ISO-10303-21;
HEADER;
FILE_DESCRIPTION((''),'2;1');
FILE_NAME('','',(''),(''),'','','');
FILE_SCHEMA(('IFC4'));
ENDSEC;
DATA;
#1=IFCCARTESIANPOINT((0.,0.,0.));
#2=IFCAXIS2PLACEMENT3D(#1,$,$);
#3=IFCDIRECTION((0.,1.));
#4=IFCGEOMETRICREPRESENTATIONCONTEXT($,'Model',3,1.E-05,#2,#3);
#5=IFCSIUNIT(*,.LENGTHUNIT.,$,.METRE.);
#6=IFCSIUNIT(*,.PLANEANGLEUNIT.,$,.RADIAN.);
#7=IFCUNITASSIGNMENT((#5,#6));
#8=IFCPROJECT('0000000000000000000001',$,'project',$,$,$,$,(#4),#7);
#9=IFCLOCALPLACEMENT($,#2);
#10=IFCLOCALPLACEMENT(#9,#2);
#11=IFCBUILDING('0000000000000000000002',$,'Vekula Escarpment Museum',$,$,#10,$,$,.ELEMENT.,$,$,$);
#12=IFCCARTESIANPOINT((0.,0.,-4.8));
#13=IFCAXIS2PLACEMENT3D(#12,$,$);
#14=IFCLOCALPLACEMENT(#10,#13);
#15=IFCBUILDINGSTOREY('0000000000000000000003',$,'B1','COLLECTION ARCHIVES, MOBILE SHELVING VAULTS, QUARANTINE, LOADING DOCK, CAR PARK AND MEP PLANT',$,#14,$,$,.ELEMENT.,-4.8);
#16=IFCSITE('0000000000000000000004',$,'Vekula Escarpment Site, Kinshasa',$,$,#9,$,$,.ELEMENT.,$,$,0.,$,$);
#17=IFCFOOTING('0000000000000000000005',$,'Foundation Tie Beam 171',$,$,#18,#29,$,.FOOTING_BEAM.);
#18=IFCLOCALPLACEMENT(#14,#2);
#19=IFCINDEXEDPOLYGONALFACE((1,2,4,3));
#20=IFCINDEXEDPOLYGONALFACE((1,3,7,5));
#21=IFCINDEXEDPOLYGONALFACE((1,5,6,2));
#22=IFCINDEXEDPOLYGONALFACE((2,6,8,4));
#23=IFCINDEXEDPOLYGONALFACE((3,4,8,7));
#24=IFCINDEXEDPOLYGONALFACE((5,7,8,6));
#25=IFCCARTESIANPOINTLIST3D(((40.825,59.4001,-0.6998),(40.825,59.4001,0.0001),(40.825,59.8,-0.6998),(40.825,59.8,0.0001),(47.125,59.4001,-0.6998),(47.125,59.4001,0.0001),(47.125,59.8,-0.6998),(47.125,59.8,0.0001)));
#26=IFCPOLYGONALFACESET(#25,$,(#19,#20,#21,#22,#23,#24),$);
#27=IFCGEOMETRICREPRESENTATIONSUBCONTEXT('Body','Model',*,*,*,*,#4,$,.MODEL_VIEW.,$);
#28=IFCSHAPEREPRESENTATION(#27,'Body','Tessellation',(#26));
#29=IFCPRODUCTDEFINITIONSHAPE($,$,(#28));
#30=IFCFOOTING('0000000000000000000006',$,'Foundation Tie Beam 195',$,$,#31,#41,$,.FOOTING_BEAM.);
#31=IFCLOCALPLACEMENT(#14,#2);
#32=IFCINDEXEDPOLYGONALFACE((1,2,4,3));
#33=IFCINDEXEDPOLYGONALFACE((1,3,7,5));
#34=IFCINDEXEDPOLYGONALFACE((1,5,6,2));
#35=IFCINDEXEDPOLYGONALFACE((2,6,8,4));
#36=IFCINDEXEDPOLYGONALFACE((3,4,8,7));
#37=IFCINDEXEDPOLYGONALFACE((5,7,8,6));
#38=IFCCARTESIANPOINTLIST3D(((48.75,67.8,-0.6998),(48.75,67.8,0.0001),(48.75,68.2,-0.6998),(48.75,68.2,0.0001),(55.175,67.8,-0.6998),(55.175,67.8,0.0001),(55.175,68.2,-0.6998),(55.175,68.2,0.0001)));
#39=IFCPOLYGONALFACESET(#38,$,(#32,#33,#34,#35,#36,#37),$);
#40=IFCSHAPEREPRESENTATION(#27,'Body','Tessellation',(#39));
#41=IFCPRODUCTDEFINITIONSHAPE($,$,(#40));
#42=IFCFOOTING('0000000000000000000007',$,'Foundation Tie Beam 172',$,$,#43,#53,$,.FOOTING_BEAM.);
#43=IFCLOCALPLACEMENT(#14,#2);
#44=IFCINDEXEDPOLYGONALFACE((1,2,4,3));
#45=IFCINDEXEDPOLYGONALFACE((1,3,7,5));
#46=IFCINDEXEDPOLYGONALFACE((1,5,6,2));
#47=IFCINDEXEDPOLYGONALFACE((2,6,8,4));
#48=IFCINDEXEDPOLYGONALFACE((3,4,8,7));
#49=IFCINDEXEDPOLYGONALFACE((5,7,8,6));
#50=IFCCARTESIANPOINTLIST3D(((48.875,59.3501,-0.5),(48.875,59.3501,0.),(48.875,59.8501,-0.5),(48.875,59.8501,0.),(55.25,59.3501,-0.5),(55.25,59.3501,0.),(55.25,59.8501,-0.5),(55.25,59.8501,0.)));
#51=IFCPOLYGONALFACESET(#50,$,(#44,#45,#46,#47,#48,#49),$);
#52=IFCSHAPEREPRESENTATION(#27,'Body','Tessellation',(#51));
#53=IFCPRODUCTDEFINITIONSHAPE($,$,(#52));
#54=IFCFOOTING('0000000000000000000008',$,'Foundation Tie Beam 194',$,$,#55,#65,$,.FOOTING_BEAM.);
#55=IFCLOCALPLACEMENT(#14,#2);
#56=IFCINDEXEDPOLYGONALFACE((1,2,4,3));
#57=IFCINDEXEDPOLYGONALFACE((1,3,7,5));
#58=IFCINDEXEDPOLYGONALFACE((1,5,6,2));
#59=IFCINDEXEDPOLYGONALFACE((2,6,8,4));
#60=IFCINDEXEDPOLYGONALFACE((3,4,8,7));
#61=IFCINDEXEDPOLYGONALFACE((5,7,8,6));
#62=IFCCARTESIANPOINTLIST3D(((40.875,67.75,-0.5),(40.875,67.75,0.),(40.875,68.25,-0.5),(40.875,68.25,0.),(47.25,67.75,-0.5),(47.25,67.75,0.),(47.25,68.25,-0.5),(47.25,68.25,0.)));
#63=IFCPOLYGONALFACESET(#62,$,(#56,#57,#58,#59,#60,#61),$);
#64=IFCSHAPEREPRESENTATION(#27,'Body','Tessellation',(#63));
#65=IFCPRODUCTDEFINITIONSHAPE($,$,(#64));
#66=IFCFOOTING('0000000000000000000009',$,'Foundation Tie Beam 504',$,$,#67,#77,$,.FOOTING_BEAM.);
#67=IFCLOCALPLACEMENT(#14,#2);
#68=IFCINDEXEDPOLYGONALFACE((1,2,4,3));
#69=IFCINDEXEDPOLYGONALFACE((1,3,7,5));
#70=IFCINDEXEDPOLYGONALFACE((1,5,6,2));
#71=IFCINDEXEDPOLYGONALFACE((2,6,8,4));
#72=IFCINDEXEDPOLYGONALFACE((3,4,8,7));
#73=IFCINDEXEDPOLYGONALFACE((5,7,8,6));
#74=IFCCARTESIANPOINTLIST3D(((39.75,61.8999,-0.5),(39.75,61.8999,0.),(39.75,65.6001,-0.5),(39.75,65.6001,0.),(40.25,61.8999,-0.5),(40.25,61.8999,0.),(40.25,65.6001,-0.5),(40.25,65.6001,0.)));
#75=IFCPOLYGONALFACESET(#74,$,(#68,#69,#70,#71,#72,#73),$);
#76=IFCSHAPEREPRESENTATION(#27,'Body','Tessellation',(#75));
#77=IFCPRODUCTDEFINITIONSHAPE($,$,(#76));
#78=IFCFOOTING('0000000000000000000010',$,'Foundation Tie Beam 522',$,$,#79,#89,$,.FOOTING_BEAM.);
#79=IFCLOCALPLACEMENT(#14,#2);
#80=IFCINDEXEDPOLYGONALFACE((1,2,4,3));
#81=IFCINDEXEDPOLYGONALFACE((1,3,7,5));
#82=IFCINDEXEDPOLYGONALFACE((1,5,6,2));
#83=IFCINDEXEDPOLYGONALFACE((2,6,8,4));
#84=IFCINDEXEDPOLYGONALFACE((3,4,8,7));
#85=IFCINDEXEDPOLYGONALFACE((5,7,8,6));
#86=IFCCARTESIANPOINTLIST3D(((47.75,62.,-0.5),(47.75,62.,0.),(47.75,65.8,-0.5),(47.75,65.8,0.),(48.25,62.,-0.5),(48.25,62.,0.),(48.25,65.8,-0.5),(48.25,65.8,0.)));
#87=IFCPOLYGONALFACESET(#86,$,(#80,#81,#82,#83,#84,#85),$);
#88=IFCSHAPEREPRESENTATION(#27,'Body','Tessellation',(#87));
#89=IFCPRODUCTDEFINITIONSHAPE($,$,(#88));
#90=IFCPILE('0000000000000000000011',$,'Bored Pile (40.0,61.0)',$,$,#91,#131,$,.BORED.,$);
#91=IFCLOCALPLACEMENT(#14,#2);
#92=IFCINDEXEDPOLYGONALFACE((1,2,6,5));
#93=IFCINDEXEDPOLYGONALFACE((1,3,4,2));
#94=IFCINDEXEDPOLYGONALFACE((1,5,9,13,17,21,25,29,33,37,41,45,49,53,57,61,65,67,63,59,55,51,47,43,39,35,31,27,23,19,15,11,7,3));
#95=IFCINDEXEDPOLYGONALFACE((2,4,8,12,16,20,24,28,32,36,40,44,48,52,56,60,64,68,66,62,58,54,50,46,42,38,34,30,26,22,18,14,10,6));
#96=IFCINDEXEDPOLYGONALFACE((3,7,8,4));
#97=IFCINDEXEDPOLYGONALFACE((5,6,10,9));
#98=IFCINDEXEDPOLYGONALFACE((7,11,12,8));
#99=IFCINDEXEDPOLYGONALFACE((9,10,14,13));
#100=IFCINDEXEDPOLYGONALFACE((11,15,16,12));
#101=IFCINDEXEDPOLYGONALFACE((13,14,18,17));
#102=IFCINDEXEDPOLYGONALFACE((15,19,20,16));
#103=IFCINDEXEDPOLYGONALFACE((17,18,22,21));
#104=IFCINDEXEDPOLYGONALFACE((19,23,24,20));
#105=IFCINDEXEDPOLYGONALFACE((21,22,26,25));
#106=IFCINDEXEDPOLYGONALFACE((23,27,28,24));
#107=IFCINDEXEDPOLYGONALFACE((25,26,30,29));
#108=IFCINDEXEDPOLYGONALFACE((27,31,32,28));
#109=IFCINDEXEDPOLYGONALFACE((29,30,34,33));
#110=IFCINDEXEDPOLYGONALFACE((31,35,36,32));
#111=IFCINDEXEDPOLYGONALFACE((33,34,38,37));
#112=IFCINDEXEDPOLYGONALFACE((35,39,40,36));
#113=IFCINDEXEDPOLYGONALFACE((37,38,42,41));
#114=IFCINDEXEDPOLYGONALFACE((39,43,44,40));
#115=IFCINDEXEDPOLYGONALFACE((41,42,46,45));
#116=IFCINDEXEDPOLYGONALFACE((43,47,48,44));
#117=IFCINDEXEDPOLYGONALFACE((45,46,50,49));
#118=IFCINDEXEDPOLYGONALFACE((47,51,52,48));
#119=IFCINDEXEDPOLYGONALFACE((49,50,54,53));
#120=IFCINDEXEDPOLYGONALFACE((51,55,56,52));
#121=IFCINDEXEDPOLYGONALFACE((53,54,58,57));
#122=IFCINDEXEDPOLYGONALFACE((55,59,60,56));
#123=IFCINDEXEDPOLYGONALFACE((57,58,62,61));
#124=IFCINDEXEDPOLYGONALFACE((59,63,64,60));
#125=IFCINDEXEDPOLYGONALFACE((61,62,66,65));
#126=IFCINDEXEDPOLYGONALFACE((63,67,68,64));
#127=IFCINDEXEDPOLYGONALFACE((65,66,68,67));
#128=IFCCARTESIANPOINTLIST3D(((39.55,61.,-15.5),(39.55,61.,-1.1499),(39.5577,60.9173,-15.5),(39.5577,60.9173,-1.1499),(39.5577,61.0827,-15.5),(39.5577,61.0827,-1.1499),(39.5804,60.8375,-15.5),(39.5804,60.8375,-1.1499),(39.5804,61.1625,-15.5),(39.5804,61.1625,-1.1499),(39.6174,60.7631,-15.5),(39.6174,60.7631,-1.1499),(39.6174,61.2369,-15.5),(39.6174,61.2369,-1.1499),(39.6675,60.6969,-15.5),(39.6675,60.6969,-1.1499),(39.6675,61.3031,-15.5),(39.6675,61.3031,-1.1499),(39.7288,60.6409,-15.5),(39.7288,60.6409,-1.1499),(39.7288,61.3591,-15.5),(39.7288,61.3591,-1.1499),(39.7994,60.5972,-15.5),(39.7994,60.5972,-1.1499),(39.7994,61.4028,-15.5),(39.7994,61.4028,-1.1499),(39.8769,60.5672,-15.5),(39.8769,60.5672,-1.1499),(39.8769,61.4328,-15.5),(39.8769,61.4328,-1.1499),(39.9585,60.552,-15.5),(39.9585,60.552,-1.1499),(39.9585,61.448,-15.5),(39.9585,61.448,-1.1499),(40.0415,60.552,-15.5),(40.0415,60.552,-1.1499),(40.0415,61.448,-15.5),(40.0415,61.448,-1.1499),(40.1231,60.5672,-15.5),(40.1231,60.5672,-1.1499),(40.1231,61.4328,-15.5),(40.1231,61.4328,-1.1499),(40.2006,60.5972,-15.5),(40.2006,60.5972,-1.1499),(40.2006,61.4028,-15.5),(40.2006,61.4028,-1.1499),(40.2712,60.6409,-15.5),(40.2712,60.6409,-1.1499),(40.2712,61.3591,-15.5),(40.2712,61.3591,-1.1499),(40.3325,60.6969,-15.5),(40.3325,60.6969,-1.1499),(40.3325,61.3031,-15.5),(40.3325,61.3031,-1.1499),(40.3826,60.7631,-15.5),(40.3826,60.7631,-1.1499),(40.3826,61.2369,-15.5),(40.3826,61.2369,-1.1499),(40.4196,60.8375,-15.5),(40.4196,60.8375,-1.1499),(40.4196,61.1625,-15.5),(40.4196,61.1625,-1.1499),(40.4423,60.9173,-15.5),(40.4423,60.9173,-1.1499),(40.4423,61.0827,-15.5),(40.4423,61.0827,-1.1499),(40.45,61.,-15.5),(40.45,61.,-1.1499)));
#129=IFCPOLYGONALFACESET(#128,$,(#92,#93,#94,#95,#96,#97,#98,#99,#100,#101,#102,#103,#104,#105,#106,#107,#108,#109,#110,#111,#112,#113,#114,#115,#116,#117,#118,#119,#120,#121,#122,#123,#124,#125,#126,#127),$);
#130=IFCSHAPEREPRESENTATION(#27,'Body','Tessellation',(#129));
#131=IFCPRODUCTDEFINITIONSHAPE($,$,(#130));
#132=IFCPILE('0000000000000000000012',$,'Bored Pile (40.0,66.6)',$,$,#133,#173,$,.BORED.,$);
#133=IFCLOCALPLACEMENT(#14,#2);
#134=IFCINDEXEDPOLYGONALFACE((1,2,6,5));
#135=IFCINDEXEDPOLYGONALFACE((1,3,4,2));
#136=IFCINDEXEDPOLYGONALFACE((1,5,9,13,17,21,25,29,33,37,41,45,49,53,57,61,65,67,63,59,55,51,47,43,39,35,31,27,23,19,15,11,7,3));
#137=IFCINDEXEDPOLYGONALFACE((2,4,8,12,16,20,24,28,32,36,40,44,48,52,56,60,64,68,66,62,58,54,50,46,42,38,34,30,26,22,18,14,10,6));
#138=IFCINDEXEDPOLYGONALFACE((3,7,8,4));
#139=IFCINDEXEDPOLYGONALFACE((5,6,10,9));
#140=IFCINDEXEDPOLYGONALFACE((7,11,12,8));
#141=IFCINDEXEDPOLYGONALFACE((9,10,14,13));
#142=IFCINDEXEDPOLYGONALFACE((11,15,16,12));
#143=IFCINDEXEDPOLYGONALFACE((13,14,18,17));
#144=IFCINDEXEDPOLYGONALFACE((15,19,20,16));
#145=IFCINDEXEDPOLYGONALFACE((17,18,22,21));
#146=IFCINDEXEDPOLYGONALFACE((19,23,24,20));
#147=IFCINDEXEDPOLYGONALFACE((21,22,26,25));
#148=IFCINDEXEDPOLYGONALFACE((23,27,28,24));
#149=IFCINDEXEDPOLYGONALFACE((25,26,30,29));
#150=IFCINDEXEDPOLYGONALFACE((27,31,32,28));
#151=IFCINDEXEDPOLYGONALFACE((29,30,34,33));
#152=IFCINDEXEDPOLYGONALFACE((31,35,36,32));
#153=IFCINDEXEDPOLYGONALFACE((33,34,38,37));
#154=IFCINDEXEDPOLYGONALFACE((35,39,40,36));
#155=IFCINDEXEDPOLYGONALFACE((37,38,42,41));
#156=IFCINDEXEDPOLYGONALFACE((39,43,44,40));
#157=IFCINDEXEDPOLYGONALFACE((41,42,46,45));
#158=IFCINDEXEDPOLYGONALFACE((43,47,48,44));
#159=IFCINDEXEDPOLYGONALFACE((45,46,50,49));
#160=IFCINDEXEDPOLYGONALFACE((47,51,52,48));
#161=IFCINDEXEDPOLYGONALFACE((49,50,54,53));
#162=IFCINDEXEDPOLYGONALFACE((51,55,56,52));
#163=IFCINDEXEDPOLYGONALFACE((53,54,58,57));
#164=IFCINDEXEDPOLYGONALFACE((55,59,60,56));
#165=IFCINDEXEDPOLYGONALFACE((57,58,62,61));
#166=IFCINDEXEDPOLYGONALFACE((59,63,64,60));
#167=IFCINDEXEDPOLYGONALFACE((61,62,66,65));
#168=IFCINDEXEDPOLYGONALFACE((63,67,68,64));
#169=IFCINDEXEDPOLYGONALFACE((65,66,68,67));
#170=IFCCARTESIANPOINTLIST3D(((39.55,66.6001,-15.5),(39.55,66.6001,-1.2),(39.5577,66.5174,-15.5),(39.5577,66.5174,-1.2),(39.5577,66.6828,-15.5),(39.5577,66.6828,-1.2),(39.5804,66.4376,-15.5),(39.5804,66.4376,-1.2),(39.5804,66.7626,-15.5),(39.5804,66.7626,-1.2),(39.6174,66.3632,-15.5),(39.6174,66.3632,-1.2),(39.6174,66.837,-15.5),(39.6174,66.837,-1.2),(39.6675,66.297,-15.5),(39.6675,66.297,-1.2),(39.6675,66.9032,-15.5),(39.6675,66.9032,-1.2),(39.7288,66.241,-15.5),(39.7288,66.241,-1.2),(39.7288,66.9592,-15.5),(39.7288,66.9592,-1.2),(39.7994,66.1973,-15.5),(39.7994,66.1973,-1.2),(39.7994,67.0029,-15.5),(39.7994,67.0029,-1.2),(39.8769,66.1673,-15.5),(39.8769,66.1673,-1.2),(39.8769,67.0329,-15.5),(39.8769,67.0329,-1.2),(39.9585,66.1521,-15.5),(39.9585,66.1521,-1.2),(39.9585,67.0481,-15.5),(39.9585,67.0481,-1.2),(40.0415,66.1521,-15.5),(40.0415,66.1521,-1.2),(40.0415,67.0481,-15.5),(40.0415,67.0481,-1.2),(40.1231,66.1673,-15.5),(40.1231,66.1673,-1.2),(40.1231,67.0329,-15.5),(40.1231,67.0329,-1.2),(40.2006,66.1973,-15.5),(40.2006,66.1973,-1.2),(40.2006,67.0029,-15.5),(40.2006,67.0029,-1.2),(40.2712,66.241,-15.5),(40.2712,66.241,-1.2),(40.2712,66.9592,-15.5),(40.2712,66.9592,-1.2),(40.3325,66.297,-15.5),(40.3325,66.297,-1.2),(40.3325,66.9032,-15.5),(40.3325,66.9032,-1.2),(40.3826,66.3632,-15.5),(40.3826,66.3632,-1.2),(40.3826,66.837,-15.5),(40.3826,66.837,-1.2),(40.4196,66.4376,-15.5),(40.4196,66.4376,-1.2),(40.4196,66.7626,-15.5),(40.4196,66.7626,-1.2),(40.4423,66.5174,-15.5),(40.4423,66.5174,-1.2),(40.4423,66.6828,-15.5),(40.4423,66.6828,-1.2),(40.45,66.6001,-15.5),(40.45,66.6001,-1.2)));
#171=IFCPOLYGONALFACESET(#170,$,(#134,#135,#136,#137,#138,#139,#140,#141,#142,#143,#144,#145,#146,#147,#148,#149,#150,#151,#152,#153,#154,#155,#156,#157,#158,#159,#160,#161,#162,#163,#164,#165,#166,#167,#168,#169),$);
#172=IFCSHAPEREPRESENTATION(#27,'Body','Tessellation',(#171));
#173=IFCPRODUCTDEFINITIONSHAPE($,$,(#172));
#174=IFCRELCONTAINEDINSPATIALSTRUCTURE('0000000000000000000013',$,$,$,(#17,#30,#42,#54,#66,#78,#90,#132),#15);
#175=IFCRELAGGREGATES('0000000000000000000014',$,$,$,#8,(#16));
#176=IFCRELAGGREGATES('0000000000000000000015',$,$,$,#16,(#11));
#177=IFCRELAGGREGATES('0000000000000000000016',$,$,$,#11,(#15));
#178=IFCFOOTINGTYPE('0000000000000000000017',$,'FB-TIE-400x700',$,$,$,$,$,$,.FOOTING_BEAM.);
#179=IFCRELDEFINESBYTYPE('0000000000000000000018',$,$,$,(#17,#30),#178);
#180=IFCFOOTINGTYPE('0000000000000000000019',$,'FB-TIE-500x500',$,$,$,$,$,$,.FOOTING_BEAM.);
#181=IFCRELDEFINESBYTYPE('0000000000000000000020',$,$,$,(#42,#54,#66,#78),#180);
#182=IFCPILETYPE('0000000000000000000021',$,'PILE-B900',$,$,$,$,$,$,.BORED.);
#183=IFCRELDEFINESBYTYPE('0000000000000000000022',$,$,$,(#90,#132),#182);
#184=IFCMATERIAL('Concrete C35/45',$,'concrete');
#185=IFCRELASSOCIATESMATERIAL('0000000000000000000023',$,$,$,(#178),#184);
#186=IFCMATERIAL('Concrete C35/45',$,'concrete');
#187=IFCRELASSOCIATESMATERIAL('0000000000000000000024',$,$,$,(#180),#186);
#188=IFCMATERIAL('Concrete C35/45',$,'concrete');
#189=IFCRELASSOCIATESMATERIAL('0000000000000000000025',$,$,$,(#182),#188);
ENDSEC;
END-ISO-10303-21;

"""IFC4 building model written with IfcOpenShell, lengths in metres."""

from ifc_helpers import new_model, si_unit, direction, frame, origin, origin_2d, place, context, subcontext, project, spatial, rectangle, circle, extrude, material, material_profile, profile_set, type_object, element, save


model = new_model("IFC4")

# Units and contexts
model_context = context("Model", 3, precision=1e-05, world=origin(), true_north=direction((0.0, 1.0)))
body_context = subcontext(model_context, "Body", "Model", "MODEL_VIEW")
ifc_project = project(units=[si_unit("LENGTHUNIT", "METRE"), si_unit("PLANEANGLEUNIT", "RADIAN")], contexts=[model_context])

# Site, building, storey
site_placement = place(None, origin())
site = spatial("IfcSite", under=ifc_project, at=site_placement, Name="Vekula Escarpment Site, Kinshasa", CompositionType="ELEMENT", RefElevation=0.0)
building_placement = place(site_placement, origin())
building = spatial("IfcBuilding", under=site, at=building_placement, Name="Vekula Escarpment Museum", CompositionType="ELEMENT")
storey_placement = place(building_placement, frame((0.0, 0.0, -4.8)))
storey = spatial("IfcBuildingStorey", under=building, at=storey_placement, Name="B1", Description="COLLECTION ARCHIVES, MOBILE SHELVING VAULTS, QUARANTINE, LOADING DOCK, CAR PARK AND MEP PLANT", CompositionType="ELEMENT", Elevation=-4.8)

# Footings
ifc_material_1 = material(Name="Concrete C35/45", Category="concrete")
ifc_material_profile_1 = material_profile(ifc_material_1, rectangle(XDim=0.3999, YDim=0.7, at=origin_2d()), Name="RC 400x700")
ifc_profile_set_1 = profile_set([ifc_material_profile_1], Name="Concrete C35/45")
footing_type_1 = type_object("IfcFootingType", Name="FB-TIE-400x700", PredefinedType="FOOTING_BEAM", material=ifc_profile_set_1)
footing_1_placement = place(storey_placement, frame((40.825, 59.6001, -0.3499), z_axis=(1.0, 0.0, 0.0), x_axis=(0.0, 1.0, 0.0)))
element("IfcFooting", 1, at=footing_1_placement, inside=storey, type_object=footing_type_1, Name="Foundation Tie Beam 171", PredefinedType="FOOTING_BEAM", context=body_context, shape_type="SweptSolid", body=[
    extrude(rectangle(XDim=0.3999, YDim=0.7, at=origin_2d()), origin(), (0.0, 0.0, 1.0), 6.3),
])
footing_2_placement = place(storey_placement, frame((48.75, 68.0, -0.3499), z_axis=(1.0, 0.0, 0.0), x_axis=(0.0, 1.0, 0.0)))
element("IfcFooting", 2, at=footing_2_placement, inside=storey, type_object=footing_type_1, Name="Foundation Tie Beam 195", PredefinedType="FOOTING_BEAM", context=body_context, shape_type="SweptSolid", body=[
    extrude(rectangle(XDim=0.3999, YDim=0.7, at=origin_2d()), origin(), (0.0, 0.0, 1.0), 6.425),
])
ifc_material_2 = material(Name="Concrete C35/45", Category="concrete")
ifc_material_profile_2 = material_profile(ifc_material_2, rectangle(XDim=0.5, YDim=0.5, at=origin_2d()), Name="RC 500x500")
ifc_profile_set_2 = profile_set([ifc_material_profile_2], Name="Concrete C35/45")
footing_type_2 = type_object("IfcFootingType", Name="FB-TIE-500x500", PredefinedType="FOOTING_BEAM", material=ifc_profile_set_2)
for number, where, z_axis, x_axis, name in (
    (3, (48.875, 59.6001, -0.25), (1.0, 0.0, 0.0), (0.0, 1.0, 0.0), "Foundation Tie Beam 172"),
    (4, (40.875, 68.0, -0.25), (1.0, 0.0, 0.0), (0.0, 1.0, 0.0), "Foundation Tie Beam 194"),
):
    element("IfcFooting", number, at=place(storey_placement, frame(where, z_axis=z_axis, x_axis=x_axis)), inside=storey, type_object=footing_type_2, Name=name, PredefinedType="FOOTING_BEAM", context=body_context, shape_type="SweptSolid", body=[
        extrude(rectangle(XDim=0.5, YDim=0.5, at=origin_2d()), origin(), (0.0, 0.0, 1.0), 6.375),
    ])
footing_3_placement = place(storey_placement, frame((40.0, 61.8999, -0.25), z_axis=(0.0, 1.0, 0.0), x_axis=(-1.0, 0.0, 0.0)))
element("IfcFooting", 5, at=footing_3_placement, inside=storey, type_object=footing_type_2, Name="Foundation Tie Beam 504", PredefinedType="FOOTING_BEAM", context=body_context, shape_type="SweptSolid", body=[
    extrude(rectangle(XDim=0.5, YDim=0.5, at=origin_2d()), origin(), (0.0, 0.0, 1.0), 3.7002),
])
footing_4_placement = place(storey_placement, frame((48.0, 62.0, -0.25), z_axis=(0.0, 1.0, 0.0), x_axis=(-1.0, 0.0, 0.0)))
element("IfcFooting", 6, at=footing_4_placement, inside=storey, type_object=footing_type_2, Name="Foundation Tie Beam 522", PredefinedType="FOOTING_BEAM", context=body_context, shape_type="SweptSolid", body=[
    extrude(rectangle(XDim=0.5, YDim=0.5, at=origin_2d()), origin(), (0.0, 0.0, 1.0), 3.8),
])

# Piles
ifc_material_3 = material(Name="Concrete C35/45", Category="concrete")
ifc_material_profile_3 = material_profile(ifc_material_3, circle(Radius=0.45, at=origin_2d()), Name="BORED PILE 900")
ifc_profile_set_3 = profile_set([ifc_material_profile_3], Name="Concrete C35/45")
pile_type = type_object("IfcPileType", Name="PILE-B900", PredefinedType="BORED", material=ifc_profile_set_3)
pile_placement = place(storey_placement, frame((40.0, 61.0, -1.1499), z_axis=(0.0, 0.0, -1.0), x_axis=(1.0, 0.0, 0.0)))
element("IfcPile", 7, at=pile_placement, inside=storey, type_object=pile_type, Name="Bored Pile (40.0,61.0)", PredefinedType="BORED", context=body_context, shape_type="SweptSolid", body=[
    extrude(circle(Radius=0.45, at=origin_2d()), origin(), (0.0, 0.0, 1.0), 14.3501),
])
for number, where, z_axis, x_axis, name in (
    (8, (40.0, 66.6001, -1.2), (0.0, 0.0, -1.0), (1.0, 0.0, 0.0), "Bored Pile (40.0,66.6)"),
):
    element("IfcPile", number, at=place(storey_placement, frame(where, z_axis=z_axis, x_axis=x_axis)), inside=storey, type_object=pile_type, Name=name, PredefinedType="BORED", context=body_context, shape_type="SweptSolid", body=[
        extrude(circle(Radius=0.45, at=origin_2d()), origin(), (0.0, 0.0, 1.0), 14.3),
    ])

save(model, "model.ifc")
